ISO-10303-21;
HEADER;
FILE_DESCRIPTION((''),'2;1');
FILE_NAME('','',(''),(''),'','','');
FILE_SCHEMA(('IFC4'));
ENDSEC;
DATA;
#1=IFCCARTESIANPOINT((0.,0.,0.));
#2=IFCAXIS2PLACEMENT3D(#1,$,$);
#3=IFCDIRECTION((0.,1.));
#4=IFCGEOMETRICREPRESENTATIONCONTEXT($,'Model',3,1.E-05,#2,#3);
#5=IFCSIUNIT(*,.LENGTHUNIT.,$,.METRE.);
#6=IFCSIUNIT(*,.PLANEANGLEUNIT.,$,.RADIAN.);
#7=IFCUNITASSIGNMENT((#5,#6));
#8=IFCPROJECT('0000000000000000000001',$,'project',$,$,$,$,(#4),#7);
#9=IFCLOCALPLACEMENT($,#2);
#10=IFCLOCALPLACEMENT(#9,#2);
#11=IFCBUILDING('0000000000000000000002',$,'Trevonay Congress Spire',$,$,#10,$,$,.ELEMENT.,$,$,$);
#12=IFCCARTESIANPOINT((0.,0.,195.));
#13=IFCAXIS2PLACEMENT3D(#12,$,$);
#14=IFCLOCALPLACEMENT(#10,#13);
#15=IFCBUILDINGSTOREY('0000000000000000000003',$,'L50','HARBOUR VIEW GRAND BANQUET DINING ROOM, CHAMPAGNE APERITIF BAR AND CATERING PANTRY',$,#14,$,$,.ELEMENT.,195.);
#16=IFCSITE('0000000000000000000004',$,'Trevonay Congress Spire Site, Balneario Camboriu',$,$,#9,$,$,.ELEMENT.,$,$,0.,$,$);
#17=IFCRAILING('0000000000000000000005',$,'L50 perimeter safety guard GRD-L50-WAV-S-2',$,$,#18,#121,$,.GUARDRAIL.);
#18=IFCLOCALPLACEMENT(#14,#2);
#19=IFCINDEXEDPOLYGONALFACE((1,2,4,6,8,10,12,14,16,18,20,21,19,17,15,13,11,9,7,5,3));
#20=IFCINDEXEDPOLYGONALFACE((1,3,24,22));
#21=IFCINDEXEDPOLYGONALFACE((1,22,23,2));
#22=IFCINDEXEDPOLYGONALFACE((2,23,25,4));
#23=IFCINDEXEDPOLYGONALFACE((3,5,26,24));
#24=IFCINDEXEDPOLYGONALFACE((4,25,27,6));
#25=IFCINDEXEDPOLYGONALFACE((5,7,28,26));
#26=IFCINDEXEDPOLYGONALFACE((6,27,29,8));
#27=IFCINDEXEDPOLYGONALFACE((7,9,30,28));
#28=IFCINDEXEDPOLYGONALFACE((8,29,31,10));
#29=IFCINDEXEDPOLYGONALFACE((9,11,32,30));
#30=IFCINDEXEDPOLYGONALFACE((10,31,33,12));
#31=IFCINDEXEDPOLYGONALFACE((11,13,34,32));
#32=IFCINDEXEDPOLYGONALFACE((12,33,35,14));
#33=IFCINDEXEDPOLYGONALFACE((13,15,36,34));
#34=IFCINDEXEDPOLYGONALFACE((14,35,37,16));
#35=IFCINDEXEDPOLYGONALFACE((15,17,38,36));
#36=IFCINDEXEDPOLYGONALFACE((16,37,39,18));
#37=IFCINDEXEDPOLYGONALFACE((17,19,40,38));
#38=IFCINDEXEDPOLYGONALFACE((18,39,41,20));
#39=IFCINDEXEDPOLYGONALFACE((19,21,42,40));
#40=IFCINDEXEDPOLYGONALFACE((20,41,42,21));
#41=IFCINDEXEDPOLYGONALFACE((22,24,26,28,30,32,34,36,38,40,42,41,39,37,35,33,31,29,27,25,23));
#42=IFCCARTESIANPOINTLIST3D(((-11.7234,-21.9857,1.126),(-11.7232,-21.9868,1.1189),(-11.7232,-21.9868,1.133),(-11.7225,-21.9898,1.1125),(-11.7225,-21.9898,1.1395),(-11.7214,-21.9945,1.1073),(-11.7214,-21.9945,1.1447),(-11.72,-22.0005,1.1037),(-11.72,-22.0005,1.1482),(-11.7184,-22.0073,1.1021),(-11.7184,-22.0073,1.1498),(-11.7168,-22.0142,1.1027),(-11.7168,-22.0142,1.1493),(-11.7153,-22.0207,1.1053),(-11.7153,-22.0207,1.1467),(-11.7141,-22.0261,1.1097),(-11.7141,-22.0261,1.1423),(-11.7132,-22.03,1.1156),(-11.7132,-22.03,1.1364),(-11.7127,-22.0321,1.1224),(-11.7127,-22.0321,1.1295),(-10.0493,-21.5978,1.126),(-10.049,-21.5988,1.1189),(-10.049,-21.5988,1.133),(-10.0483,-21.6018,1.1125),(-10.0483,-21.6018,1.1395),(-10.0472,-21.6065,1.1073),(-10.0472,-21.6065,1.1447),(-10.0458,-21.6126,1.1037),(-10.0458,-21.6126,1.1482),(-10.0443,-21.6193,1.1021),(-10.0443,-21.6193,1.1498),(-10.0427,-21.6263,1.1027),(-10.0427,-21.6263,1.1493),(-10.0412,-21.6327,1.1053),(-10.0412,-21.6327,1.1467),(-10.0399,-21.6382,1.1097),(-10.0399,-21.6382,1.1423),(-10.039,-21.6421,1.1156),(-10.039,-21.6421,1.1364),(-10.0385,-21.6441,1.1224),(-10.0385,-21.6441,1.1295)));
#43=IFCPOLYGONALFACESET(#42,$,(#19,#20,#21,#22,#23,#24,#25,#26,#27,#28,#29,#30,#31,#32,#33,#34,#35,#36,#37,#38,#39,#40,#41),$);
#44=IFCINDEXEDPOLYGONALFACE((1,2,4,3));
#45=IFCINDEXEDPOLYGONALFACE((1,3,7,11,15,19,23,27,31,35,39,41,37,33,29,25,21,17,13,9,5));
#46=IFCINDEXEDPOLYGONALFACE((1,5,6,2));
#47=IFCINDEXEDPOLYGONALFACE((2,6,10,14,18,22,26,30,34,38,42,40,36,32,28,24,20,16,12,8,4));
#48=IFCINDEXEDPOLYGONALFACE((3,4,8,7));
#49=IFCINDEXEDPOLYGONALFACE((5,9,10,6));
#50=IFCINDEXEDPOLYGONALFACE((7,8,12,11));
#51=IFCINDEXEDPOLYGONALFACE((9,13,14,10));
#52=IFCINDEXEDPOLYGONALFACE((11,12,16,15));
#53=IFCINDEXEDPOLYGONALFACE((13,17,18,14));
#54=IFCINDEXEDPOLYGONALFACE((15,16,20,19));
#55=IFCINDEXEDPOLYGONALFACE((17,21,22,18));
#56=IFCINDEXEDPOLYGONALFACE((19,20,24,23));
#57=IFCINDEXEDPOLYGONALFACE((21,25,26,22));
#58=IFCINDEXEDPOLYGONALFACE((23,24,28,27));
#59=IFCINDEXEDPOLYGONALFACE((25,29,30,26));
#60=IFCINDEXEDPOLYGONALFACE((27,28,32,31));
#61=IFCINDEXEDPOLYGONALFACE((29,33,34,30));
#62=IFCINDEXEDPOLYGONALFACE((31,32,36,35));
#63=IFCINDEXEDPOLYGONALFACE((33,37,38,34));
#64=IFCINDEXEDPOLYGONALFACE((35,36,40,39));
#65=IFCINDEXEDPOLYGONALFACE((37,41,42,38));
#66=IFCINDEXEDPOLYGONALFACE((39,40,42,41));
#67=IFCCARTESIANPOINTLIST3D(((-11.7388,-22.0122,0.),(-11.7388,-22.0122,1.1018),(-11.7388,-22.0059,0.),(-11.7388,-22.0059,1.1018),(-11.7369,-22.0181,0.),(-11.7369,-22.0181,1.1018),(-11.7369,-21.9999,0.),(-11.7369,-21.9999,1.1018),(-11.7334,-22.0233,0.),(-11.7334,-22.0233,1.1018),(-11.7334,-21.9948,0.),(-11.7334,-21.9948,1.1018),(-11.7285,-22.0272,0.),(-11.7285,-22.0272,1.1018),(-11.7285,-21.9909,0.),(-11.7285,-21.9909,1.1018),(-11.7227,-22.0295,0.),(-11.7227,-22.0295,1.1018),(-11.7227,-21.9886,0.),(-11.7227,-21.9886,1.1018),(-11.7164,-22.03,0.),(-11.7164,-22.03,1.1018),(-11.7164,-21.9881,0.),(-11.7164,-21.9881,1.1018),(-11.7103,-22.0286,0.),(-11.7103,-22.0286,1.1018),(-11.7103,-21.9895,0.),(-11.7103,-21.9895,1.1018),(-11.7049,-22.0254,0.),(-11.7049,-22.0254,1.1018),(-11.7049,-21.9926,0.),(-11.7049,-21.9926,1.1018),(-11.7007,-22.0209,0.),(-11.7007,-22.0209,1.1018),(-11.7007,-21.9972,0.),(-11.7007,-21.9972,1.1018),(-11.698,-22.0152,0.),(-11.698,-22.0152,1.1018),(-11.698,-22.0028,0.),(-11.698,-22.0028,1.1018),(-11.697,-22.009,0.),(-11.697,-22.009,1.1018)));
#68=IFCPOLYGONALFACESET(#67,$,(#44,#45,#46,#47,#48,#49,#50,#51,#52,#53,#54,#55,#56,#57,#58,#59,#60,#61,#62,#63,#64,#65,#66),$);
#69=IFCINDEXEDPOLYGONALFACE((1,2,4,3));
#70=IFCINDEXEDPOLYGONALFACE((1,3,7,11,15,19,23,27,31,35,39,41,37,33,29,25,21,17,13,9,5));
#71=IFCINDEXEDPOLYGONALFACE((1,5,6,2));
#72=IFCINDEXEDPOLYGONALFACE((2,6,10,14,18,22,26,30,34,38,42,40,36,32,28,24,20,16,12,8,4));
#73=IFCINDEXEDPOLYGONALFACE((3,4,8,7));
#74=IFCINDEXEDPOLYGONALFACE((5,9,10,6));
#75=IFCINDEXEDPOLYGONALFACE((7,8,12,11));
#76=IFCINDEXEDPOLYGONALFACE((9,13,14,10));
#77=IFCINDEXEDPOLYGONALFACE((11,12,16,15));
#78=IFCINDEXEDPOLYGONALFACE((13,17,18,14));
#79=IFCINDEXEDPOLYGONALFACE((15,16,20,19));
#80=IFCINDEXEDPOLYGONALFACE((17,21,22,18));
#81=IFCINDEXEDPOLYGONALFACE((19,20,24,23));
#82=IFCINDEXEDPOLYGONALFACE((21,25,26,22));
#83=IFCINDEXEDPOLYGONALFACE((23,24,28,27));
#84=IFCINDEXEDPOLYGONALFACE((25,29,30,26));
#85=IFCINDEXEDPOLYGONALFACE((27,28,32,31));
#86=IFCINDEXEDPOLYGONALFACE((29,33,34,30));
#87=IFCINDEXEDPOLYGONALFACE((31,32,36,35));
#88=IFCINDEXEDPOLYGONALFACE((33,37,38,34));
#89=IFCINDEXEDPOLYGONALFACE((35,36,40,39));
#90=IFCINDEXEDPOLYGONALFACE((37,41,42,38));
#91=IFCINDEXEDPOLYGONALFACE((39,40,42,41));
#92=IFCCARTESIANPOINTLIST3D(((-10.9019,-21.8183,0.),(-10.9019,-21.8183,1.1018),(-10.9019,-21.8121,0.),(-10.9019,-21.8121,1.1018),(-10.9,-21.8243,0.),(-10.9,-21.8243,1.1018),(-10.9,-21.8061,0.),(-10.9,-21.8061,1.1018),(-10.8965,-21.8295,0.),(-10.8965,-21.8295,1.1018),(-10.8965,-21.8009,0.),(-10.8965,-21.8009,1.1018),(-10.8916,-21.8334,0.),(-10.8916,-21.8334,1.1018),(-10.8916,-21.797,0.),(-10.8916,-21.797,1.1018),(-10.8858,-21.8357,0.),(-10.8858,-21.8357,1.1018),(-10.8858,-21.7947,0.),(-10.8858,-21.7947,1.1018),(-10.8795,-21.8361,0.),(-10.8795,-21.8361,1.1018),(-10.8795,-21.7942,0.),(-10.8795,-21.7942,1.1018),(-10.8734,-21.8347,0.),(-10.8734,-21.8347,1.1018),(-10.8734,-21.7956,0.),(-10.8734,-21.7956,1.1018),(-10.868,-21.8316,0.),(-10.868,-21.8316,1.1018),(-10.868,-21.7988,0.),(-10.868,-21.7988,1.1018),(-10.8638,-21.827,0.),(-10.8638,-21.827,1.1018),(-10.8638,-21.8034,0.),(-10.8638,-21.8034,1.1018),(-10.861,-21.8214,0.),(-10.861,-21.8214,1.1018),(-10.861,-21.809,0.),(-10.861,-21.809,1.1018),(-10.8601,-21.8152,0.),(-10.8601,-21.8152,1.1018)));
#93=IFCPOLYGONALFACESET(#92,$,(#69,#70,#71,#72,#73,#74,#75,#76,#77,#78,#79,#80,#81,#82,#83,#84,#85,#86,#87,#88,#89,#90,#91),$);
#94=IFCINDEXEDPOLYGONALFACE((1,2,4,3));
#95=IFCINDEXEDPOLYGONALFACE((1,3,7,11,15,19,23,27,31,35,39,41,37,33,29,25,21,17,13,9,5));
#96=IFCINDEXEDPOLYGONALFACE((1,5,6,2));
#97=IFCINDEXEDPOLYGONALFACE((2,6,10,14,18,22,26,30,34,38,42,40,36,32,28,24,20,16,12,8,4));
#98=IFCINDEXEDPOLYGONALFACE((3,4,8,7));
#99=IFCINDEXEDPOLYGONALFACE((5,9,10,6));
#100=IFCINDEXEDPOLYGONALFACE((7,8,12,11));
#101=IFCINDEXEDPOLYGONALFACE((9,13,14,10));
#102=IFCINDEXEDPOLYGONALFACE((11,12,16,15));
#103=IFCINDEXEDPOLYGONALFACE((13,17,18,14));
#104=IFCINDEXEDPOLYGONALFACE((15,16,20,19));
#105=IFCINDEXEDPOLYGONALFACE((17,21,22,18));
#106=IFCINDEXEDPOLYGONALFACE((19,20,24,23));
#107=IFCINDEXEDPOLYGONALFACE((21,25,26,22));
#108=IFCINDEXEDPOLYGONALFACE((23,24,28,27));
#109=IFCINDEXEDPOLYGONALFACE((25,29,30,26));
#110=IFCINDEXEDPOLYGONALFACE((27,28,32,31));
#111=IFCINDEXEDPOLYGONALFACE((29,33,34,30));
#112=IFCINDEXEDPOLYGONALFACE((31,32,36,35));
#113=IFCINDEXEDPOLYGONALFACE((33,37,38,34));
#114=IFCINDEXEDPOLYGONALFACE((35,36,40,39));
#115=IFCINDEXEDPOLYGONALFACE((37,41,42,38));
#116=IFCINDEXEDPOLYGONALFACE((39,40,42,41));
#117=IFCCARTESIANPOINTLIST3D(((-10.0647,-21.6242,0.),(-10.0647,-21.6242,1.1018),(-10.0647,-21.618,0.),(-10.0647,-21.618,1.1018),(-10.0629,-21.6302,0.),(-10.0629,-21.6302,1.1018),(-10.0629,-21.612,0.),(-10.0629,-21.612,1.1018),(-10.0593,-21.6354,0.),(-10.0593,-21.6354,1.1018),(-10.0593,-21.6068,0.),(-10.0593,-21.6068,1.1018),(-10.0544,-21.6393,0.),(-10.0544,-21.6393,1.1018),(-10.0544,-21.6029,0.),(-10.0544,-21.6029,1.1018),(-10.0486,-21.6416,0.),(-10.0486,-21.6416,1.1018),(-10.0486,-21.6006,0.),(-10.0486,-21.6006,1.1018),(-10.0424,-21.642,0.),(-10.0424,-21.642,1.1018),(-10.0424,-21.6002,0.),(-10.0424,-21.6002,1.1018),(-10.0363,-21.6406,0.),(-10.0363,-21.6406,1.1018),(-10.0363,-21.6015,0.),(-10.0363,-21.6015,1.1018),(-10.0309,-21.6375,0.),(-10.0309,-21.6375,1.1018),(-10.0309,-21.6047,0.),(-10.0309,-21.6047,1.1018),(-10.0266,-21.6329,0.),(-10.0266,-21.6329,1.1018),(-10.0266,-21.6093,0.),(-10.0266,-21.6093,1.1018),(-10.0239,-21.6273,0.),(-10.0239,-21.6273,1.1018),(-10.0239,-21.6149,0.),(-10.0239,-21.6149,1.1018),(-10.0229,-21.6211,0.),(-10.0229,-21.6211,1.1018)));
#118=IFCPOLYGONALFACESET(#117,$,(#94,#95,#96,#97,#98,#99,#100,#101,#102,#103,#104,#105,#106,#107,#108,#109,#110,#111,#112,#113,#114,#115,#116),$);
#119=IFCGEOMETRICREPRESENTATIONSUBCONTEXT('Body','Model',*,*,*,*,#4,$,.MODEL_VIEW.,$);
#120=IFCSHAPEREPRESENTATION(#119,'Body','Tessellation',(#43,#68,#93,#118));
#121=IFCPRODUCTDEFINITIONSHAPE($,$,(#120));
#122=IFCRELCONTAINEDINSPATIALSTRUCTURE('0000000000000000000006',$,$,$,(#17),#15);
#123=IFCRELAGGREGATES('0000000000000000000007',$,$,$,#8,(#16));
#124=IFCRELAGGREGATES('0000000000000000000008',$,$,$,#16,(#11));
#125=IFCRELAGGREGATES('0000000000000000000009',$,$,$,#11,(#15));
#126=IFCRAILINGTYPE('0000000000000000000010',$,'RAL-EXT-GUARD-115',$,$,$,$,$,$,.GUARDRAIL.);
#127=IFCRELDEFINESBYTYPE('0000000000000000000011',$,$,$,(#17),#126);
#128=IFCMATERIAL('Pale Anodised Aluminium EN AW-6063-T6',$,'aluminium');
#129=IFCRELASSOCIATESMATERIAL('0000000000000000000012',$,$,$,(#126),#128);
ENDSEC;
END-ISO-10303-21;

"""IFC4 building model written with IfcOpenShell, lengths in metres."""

from ifc_helpers import new_model, si_unit, direction, frame, origin, origin_2d, place, context, subcontext, project, spatial, circle, extrude, material, type_object, element, save


model = new_model("IFC4")

# Units and contexts
model_context = context("Model", 3, precision=1e-05, world=origin(), true_north=direction((0.0, 1.0)))
body_context = subcontext(model_context, "Body", "Model", "MODEL_VIEW")
ifc_project = project(units=[si_unit("LENGTHUNIT", "METRE"), si_unit("PLANEANGLEUNIT", "RADIAN")], contexts=[model_context])

# Site, building, storey
site_placement = place(None, origin())
site = spatial("IfcSite", under=ifc_project, at=site_placement, Name="Trevonay Congress Spire Site, Balneario Camboriu", CompositionType="ELEMENT", RefElevation=0.0)
building_placement = place(site_placement, origin())
building = spatial("IfcBuilding", under=site, at=building_placement, Name="Trevonay Congress Spire", CompositionType="ELEMENT")
storey_placement = place(building_placement, frame((0.0, 0.0, 195.0)))
storey = spatial("IfcBuildingStorey", under=building, at=storey_placement, Name="L50", Description="HARBOUR VIEW GRAND BANQUET DINING ROOM, CHAMPAGNE APERITIF BAR AND CATERING PANTRY", CompositionType="ELEMENT", Elevation=195.0)

# Shared definitions
ifc_material_1 = material(Name="Pale Anodised Aluminium EN AW-6063-T6", Category="aluminium")

# Railing
railing_type = type_object("IfcRailingType", Name="RAL-EXT-GUARD-115", PredefinedType="GUARDRAIL", material=ifc_material_1)
railing_1_placement = place(storey_placement, frame((-11.718, -22.009, 0.0)))
element("IfcRailing", 1, at=railing_1_placement, inside=storey, type_object=railing_type, Name="L50 perimeter safety guard GRD-L50-WAV-S-2", PredefinedType="GUARDRAIL", context=body_context, shape_type="SweptSolid", body=[
    extrude(circle(Radius=0.0239, at=origin_2d()), frame((0.0, 0.0, 1.126), z_axis=(0.974185, 0.225752, 0.0), x_axis=(-0.225752, 0.974185, 0.0)), (0.0, 0.0, 1.0), 1.7185),
    extrude(circle(Radius=0.021, at=origin_2d()), origin(), (0.0, 0.0, 1.0), 1.1018),
    extrude(circle(Radius=0.021, at=origin_2d()), frame((0.8369, 0.1938, 0.0)), (0.0, 0.0, 1.0), 1.1018),
    extrude(circle(Radius=0.021, at=origin_2d()), frame((1.6741, 0.3879, 0.0)), (0.0, 0.0, 1.0), 1.1018),
])

save(model, "model.ifc")
